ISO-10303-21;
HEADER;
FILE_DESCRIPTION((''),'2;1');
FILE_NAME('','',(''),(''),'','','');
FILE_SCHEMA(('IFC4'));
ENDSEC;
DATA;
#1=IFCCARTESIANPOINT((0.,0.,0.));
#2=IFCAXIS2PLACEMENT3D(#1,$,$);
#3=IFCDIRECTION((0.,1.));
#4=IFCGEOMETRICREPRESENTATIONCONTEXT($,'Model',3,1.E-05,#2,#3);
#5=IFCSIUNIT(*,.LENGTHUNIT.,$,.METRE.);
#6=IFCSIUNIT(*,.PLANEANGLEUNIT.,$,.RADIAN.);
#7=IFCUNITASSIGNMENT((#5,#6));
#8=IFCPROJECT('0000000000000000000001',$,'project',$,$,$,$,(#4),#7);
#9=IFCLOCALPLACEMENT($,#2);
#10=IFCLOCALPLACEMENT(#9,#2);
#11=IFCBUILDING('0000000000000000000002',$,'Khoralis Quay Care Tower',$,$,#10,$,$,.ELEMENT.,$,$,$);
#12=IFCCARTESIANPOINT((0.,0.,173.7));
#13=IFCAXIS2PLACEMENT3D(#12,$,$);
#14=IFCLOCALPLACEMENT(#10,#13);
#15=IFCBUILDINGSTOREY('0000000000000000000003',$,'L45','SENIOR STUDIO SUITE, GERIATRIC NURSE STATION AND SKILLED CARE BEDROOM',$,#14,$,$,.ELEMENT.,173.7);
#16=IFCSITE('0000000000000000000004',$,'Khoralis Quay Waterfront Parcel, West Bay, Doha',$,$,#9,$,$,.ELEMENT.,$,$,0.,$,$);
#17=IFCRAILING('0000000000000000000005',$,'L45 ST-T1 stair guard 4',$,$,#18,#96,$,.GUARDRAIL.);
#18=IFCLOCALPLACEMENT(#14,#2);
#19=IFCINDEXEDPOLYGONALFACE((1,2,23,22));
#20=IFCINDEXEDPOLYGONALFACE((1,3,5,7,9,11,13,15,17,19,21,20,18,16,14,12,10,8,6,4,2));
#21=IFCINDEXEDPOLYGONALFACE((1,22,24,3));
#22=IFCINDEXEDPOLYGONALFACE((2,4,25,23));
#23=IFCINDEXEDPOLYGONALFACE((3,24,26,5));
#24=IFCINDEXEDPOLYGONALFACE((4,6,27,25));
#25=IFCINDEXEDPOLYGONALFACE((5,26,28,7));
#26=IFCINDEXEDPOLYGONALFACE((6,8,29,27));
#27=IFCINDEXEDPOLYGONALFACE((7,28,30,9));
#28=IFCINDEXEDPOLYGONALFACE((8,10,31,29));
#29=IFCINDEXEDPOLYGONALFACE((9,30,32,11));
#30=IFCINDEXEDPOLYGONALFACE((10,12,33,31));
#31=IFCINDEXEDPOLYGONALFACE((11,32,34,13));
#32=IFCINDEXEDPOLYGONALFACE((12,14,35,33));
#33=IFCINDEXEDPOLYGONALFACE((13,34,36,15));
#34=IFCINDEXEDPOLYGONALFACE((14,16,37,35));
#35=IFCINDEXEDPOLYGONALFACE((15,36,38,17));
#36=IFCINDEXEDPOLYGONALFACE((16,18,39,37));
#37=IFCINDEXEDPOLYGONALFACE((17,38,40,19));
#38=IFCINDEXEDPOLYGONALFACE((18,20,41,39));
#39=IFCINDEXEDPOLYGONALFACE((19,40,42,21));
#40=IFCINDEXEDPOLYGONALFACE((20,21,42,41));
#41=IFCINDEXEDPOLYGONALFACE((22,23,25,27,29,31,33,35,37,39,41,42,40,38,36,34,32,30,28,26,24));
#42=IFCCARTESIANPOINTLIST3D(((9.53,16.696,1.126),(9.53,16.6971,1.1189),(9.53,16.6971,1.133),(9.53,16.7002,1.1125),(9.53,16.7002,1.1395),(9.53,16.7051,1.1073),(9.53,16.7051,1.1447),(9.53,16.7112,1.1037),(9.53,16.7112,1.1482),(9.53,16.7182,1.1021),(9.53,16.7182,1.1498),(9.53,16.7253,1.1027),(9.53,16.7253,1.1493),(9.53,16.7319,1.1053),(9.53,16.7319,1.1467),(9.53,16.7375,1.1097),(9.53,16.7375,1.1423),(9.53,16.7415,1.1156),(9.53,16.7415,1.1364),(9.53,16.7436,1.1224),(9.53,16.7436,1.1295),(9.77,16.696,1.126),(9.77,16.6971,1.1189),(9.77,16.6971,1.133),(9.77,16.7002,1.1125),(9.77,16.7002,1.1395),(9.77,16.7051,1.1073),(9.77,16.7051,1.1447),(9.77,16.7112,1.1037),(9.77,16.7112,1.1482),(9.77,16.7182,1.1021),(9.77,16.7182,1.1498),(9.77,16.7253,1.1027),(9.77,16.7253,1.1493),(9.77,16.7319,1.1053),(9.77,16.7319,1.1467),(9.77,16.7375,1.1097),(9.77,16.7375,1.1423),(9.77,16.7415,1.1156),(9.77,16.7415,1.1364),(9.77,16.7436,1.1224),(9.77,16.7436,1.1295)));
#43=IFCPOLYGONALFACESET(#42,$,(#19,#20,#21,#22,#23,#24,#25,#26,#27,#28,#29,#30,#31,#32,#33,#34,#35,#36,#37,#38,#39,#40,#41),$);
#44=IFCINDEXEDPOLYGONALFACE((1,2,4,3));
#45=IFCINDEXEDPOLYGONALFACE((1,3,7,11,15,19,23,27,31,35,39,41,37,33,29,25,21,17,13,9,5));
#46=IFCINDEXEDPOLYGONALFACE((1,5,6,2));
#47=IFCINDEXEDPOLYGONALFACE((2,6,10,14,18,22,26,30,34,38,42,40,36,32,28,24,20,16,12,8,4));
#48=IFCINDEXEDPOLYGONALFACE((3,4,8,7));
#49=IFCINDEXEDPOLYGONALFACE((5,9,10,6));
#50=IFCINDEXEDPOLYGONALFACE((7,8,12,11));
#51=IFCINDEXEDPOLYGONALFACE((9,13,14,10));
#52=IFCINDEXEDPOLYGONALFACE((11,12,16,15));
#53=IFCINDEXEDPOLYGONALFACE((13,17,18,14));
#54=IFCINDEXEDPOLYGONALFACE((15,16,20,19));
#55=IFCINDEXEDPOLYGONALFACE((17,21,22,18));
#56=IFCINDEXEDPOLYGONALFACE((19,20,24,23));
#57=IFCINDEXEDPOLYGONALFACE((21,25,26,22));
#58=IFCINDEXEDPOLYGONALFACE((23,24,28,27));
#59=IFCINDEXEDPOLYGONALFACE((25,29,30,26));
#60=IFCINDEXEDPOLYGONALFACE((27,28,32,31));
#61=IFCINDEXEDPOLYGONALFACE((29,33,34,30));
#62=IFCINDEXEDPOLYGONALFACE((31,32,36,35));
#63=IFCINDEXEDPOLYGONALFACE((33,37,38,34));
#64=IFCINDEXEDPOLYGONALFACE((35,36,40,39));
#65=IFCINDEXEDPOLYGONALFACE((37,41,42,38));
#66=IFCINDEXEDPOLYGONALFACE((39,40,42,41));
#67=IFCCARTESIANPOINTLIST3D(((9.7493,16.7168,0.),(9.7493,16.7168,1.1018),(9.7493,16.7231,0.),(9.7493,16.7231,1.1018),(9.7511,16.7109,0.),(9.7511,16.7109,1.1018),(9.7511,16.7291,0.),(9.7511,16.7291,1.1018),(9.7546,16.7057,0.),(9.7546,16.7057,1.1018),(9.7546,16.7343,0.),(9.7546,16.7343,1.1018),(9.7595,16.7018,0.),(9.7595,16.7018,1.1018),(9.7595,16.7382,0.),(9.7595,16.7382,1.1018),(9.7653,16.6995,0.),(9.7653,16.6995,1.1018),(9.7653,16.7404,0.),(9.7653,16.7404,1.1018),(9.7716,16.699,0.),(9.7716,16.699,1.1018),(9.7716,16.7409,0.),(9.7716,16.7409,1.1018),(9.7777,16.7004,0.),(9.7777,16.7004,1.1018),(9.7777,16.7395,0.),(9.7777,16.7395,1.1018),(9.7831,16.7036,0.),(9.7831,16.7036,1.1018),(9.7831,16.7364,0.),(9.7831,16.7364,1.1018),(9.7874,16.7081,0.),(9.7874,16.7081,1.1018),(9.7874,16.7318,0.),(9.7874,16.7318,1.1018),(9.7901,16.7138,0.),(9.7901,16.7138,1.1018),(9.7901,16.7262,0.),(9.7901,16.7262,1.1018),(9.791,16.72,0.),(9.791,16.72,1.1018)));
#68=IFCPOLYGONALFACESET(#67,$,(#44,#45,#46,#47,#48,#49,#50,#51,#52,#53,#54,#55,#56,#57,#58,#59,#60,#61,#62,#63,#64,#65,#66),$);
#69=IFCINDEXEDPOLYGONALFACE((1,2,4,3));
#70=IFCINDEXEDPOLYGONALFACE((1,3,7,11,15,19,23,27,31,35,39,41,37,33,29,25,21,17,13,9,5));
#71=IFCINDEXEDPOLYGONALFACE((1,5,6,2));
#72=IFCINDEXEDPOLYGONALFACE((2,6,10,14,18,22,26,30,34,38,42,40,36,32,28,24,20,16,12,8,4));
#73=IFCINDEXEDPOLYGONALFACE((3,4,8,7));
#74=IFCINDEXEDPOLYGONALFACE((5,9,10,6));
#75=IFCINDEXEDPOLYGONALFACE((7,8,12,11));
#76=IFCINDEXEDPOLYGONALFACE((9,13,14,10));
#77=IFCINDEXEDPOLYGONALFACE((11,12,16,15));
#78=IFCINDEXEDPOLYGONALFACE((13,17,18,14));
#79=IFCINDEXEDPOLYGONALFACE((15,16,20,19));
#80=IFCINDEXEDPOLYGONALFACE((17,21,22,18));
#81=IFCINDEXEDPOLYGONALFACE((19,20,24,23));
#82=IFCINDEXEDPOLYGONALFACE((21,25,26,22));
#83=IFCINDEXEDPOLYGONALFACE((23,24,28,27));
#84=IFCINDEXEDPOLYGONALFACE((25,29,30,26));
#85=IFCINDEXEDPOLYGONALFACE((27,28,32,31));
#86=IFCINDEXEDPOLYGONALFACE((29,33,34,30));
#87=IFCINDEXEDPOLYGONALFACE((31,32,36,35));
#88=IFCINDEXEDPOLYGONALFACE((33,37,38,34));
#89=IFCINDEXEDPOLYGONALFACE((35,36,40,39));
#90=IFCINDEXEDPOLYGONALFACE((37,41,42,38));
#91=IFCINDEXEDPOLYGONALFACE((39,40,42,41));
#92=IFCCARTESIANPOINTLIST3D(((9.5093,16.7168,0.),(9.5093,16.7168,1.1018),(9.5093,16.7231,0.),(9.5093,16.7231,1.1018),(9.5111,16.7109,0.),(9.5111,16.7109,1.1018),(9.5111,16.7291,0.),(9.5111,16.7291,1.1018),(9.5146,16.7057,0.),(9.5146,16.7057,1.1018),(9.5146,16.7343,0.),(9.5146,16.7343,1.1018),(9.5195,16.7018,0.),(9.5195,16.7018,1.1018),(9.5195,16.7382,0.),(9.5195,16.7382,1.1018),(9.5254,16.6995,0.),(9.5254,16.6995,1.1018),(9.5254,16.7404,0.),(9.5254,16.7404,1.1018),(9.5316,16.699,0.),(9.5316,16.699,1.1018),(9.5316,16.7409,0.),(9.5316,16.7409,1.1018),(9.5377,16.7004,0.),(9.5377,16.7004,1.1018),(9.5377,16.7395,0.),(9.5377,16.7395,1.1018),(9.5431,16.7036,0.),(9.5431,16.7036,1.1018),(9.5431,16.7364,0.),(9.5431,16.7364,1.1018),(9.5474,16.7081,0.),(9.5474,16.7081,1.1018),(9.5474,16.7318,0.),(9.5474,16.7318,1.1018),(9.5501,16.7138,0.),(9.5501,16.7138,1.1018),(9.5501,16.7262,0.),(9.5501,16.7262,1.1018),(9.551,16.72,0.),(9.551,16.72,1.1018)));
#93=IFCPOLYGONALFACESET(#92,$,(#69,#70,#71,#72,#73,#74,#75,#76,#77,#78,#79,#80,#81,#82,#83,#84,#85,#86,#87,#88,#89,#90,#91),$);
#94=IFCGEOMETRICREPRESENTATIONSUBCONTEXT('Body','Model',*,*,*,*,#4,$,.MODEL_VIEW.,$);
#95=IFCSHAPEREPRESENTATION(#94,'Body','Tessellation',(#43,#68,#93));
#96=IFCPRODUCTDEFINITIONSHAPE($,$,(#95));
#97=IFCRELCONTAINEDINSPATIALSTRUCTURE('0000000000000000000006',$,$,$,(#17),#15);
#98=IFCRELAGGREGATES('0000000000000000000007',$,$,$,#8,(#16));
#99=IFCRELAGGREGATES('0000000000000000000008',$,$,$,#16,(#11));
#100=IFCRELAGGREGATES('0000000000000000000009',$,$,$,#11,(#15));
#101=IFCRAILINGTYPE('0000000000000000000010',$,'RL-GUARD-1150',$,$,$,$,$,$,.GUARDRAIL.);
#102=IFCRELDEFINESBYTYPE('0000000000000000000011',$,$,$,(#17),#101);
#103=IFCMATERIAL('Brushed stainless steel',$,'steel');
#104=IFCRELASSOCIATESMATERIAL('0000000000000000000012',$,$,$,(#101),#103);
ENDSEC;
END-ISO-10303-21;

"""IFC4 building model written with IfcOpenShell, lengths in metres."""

from ifc_helpers import new_model, si_unit, direction, frame, origin, origin_2d, place, context, subcontext, project, spatial, circle, extrude, material, type_object, element, save


model = new_model("IFC4")

# Units and contexts
model_context = context("Model", 3, precision=1e-05, world=origin(), true_north=direction((0.0, 1.0)))
body_context = subcontext(model_context, "Body", "Model", "MODEL_VIEW")
ifc_project = project(units=[si_unit("LENGTHUNIT", "METRE"), si_unit("PLANEANGLEUNIT", "RADIAN")], contexts=[model_context])

# Site, building, storey
site_placement = place(None, origin())
site = spatial("IfcSite", under=ifc_project, at=site_placement, Name="Khoralis Quay Waterfront Parcel, West Bay, Doha", CompositionType="ELEMENT", RefElevation=0.0)
building_placement = place(site_placement, origin())
building = spatial("IfcBuilding", under=site, at=building_placement, Name="Khoralis Quay Care Tower", CompositionType="ELEMENT")
storey_placement = place(building_placement, frame((0.0, 0.0, 173.7)))
storey = spatial("IfcBuildingStorey", under=building, at=storey_placement, Name="L45", Description="SENIOR STUDIO SUITE, GERIATRIC NURSE STATION AND SKILLED CARE BEDROOM", CompositionType="ELEMENT", Elevation=173.7)

# Railing
ifc_material_1 = material(Name="Brushed stainless steel", Category="steel")
railing_type_1 = type_object("IfcRailingType", Name="RL-GUARD-1150", PredefinedType="GUARDRAIL", material=ifc_material_1)
railing_1_placement = place(storey_placement, frame((9.77, 16.72, 0.0)))
element("IfcRailing", 1, at=railing_1_placement, inside=storey, type_object=railing_type_1, Name="L45 ST-T1 stair guard 4", PredefinedType="GUARDRAIL", context=body_context, shape_type="SweptSolid", body=[
    extrude(circle(Radius=0.0239, at=origin_2d()), frame((0.0, 0.0, 1.126), z_axis=(-1.0, 0.0, 0.0), x_axis=(0.0, -1.0, 0.0)), (0.0, 0.0, 1.0), 0.24),
    extrude(circle(Radius=0.021, at=origin_2d()), origin(), (0.0, 0.0, 1.0), 1.1018),
    extrude(circle(Radius=0.021, at=origin_2d()), frame((-0.24, 0.0, 0.0)), (0.0, 0.0, 1.0), 1.1018),
])

save(model, "model.ifc")
